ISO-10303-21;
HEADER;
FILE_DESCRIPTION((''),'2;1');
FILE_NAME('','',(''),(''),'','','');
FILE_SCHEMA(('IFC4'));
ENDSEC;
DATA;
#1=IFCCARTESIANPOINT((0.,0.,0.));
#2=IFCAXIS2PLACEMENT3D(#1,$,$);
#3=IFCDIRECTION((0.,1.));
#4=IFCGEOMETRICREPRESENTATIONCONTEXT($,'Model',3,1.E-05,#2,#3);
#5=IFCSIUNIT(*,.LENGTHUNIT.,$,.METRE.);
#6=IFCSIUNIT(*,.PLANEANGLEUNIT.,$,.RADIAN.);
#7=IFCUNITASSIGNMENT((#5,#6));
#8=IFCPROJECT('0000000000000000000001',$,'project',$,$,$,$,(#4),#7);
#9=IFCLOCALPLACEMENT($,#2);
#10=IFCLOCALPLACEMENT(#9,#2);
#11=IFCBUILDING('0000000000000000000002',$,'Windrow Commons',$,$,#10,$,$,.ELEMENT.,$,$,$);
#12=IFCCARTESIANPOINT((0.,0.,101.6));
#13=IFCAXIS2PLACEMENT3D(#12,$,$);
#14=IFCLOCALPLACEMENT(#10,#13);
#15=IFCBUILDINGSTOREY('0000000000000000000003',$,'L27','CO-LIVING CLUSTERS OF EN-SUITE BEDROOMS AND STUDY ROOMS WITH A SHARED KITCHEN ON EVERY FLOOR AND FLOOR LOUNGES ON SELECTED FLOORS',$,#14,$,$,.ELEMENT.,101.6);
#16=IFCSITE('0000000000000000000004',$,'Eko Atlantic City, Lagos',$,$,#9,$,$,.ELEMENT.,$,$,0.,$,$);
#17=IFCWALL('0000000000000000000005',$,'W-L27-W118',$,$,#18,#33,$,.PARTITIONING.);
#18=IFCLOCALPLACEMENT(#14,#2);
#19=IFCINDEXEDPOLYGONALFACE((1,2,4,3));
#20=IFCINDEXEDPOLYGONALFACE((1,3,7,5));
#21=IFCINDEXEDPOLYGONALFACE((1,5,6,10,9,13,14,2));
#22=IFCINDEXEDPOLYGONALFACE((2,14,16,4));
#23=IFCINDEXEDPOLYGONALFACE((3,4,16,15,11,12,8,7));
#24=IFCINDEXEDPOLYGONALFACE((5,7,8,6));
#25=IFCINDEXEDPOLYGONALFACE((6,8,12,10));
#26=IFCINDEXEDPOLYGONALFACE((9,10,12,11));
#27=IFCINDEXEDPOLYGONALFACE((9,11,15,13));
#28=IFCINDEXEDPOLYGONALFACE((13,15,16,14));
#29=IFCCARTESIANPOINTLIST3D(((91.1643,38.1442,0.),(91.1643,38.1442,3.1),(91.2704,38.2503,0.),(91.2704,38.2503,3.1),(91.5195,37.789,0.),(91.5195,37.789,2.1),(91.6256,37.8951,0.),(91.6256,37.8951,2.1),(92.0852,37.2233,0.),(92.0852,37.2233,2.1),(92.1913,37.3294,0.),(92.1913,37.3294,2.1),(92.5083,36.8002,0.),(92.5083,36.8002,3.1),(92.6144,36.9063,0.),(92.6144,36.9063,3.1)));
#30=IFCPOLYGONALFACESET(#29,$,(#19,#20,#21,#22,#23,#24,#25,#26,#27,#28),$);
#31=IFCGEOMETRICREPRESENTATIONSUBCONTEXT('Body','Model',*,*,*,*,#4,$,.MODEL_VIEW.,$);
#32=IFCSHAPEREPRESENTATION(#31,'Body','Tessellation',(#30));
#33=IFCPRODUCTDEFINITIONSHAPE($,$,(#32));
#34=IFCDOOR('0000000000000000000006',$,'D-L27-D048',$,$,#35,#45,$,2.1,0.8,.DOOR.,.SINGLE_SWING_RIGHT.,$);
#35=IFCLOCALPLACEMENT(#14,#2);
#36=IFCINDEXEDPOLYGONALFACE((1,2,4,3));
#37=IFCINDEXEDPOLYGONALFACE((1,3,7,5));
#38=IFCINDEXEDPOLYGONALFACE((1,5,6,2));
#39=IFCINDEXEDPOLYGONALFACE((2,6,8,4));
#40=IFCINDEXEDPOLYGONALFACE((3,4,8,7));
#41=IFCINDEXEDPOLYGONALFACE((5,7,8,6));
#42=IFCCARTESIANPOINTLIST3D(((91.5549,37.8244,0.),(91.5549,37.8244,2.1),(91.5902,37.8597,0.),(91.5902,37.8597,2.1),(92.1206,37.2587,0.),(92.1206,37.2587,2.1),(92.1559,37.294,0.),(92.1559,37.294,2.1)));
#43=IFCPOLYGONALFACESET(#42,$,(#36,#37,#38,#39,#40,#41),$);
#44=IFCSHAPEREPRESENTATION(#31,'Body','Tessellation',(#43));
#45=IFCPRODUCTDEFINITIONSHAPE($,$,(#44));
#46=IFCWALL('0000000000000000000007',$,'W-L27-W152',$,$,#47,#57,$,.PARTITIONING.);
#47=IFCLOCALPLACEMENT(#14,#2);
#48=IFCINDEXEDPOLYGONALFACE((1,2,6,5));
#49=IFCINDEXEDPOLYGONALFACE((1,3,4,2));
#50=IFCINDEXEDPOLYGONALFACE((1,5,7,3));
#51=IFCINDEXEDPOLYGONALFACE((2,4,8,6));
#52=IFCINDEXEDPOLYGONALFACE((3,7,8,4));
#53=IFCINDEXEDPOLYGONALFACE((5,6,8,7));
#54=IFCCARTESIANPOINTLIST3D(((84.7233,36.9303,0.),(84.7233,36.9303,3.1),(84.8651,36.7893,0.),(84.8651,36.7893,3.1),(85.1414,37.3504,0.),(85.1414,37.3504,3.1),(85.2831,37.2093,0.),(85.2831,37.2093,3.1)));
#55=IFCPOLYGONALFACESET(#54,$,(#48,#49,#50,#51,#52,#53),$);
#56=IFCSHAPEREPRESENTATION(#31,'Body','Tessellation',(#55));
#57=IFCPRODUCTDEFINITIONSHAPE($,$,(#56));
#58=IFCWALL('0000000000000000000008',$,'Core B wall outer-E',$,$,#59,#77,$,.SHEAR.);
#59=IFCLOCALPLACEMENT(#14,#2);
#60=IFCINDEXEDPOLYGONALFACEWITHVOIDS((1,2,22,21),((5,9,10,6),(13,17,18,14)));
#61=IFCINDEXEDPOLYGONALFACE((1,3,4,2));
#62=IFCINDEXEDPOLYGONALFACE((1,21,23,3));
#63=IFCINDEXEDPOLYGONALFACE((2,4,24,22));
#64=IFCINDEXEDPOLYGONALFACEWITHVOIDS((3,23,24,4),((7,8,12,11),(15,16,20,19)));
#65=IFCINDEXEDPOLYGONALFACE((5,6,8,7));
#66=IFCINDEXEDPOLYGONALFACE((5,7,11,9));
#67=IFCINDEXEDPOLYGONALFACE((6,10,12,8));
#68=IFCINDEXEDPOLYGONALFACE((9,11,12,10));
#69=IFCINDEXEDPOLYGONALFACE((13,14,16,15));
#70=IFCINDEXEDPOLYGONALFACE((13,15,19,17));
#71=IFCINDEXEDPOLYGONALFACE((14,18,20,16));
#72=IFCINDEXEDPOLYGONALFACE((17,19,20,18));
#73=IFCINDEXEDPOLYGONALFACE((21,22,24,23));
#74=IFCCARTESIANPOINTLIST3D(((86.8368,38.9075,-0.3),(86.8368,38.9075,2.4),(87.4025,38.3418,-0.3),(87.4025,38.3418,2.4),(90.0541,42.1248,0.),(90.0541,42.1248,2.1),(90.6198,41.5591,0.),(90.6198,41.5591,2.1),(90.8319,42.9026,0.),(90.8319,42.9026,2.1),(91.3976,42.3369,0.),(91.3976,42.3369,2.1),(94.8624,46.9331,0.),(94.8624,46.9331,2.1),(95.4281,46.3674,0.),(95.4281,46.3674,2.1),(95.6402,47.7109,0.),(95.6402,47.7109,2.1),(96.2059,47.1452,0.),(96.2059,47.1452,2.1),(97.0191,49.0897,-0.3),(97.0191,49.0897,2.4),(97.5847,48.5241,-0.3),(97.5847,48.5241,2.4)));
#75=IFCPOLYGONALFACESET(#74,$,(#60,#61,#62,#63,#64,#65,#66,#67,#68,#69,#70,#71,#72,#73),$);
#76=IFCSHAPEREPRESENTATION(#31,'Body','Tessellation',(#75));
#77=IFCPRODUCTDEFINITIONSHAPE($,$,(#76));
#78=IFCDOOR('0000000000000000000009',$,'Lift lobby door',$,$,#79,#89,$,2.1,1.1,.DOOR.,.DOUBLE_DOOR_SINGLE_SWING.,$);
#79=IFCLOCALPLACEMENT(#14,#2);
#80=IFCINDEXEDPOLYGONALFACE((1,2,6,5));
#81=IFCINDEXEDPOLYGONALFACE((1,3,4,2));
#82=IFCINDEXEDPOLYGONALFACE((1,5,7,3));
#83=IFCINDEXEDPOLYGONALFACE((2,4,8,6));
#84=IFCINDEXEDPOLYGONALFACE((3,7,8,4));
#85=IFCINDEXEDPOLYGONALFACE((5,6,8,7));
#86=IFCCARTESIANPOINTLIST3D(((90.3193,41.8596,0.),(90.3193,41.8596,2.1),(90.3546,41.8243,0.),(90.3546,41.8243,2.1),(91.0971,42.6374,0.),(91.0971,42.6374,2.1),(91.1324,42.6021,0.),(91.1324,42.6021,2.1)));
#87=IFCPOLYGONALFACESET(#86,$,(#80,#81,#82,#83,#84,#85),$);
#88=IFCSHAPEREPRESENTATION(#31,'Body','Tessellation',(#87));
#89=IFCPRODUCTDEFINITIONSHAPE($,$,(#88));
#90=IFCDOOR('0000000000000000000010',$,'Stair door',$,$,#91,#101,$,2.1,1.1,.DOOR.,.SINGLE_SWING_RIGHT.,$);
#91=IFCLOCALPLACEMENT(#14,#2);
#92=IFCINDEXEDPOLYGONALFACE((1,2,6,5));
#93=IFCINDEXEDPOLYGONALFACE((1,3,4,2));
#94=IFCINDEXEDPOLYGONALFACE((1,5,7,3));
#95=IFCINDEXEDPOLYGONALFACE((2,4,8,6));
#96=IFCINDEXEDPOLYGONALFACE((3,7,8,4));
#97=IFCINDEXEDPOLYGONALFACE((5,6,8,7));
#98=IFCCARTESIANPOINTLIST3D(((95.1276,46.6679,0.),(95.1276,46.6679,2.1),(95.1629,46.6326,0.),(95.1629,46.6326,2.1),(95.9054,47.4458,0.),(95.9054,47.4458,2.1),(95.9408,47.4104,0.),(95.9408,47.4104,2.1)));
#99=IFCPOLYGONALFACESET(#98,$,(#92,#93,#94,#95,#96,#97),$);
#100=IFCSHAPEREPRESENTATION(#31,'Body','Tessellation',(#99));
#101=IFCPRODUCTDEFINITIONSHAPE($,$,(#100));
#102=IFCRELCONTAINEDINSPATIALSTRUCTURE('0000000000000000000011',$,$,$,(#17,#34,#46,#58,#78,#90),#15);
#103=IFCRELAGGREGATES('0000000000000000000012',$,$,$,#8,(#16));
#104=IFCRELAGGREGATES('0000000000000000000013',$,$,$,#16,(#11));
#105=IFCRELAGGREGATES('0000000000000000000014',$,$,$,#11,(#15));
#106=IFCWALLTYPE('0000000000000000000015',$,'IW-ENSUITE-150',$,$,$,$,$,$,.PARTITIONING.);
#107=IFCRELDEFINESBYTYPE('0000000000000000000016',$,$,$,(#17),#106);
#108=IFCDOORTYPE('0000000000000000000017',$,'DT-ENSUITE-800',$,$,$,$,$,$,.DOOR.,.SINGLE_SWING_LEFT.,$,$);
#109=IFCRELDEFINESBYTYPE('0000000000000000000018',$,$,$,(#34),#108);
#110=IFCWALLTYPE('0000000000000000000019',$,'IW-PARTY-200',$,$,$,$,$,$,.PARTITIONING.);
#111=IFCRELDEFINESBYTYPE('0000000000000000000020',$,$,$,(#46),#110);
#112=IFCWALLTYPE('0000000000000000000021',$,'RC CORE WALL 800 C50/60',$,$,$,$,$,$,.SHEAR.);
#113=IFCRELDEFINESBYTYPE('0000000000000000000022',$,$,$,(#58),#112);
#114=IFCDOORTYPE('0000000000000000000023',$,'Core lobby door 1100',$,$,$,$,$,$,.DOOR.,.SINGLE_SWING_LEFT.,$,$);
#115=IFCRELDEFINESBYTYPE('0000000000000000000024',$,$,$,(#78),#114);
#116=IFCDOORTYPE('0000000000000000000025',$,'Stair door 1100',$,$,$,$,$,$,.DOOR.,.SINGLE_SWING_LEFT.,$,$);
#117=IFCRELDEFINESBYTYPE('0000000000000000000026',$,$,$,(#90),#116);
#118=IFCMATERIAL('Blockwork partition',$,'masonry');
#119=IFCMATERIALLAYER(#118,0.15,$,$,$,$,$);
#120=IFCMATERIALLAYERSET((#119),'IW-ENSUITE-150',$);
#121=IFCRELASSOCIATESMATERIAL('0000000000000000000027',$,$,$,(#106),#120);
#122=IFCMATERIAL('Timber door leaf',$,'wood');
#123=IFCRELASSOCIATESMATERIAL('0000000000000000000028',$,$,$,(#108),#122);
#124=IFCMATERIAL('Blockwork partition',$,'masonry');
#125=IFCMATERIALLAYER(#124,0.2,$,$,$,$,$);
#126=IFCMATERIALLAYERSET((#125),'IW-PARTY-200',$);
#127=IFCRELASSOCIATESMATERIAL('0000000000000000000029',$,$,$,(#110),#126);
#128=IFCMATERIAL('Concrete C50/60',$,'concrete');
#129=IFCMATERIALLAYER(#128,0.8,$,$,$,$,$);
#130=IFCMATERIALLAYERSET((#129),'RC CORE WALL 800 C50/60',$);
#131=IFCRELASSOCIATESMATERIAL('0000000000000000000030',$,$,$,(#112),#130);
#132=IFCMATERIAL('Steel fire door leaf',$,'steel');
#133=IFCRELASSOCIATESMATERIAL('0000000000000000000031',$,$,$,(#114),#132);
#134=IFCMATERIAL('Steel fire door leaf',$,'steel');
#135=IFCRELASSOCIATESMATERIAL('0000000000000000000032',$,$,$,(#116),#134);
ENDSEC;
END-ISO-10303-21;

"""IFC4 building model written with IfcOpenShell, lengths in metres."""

from ifc_helpers import new_model, si_unit, direction, frame, frame_2d, origin, place, context, subcontext, project, spatial, rectangle, extrude, material, layer, layer_set, type_object, element, fill, save


model = new_model("IFC4")

# Units and contexts
model_context = context("Model", 3, precision=1e-05, world=origin(), true_north=direction((0.0, 1.0)))
body_context = subcontext(model_context, "Body", "Model", "MODEL_VIEW")
ifc_project = project(units=[si_unit("LENGTHUNIT", "METRE"), si_unit("PLANEANGLEUNIT", "RADIAN")], contexts=[model_context])

# Site, building, storey
site_placement = place(None, origin())
site = spatial("IfcSite", under=ifc_project, at=site_placement, Name="Eko Atlantic City, Lagos", CompositionType="ELEMENT", RefElevation=0.0)
building_placement = place(site_placement, origin())
building = spatial("IfcBuilding", under=site, at=building_placement, Name="Windrow Commons", CompositionType="ELEMENT")
storey_placement = place(building_placement, frame((0.0, 0.0, 101.6)))
storey = spatial("IfcBuildingStorey", under=building, at=storey_placement, Name="L27", Description="CO-LIVING CLUSTERS OF EN-SUITE BEDROOMS AND STUDY ROOMS WITH A SHARED KITCHEN ON EVERY FLOOR AND FLOOR LOUNGES ON SELECTED FLOORS", CompositionType="ELEMENT", Elevation=101.6)

# Shared definitions
ifc_material_1 = material(Name="Blockwork partition", Category="masonry")
ifc_layer_1 = layer(ifc_material_1, 0.15)
ifc_layer_set_1 = layer_set([ifc_layer_1], Name="IW-ENSUITE-150")
wall_type_1 = type_object("IfcWallType", Name="IW-ENSUITE-150", PredefinedType="PARTITIONING", material=ifc_layer_set_1)

# Wall, opening, door
wall_1_placement = place(storey_placement, frame((91.2173, 38.1973, 0.0), z_axis=(0.0, 0.0, 1.0), x_axis=(0.707107, -0.707107, 0.0)))
wall_1 = element("IfcWall", 1, at=wall_1_placement, inside=storey, type_object=wall_type_1, Name="W-L27-W118", PredefinedType="PARTITIONING", context=body_context, shape_type="SweptSolid", body=[
    extrude(rectangle(XDim=1.9007, YDim=0.15, at=frame_2d((0.9504, 0.0))), origin(), (0.0, 0.0, 1.0), 3.1),
])
opening_1_placement = place(wall_1_placement, frame((0.5024, 0.0, 0.0)))
opening_1 = element("IfcOpeningElement", 2, at=opening_1_placement, cuts=wall_1, PredefinedType="OPENING", context=body_context, shape_type="SweptSolid", body=[
    extrude(rectangle(XDim=0.8, YDim=2.1, at=frame_2d((0.4, 1.05))), frame((0.0, 0.085, 0.0), z_axis=(0.0, -1.0, 0.0), x_axis=(1.0, 0.0, 0.0)), (0.0, 0.0, 1.0), 0.17),
])
ifc_material_2 = material(Name="Timber door leaf", Category="wood")
door_type_1 = type_object("IfcDoorType", Name="DT-ENSUITE-800", OperationType="SINGLE_SWING_LEFT", PredefinedType="DOOR", material=ifc_material_2)
door_1_placement = place(opening_1_placement, origin())
door_1 = element("IfcDoor", 3, at=door_1_placement, inside=storey, type_object=door_type_1, Name="D-L27-D048", OperationType="SINGLE_SWING_RIGHT", OverallHeight=2.1, OverallWidth=0.8, PredefinedType="DOOR", context=body_context, shape_type="SweptSolid", body=[
    extrude(rectangle(XDim=0.8, YDim=2.1, at=frame_2d((0.4, 1.05))), frame((0.0, 0.025, 0.0), z_axis=(0.0, -1.0, 0.0), x_axis=(1.0, 0.0, 0.0)), (0.0, 0.0, 1.0), 0.05),
])
fill(opening_1, door_1)

# Wall
ifc_material_3 = material(Name="Blockwork partition", Category="masonry")
ifc_layer_2 = layer(ifc_material_3, 0.2)
ifc_layer_set_2 = layer_set([ifc_layer_2], Name="IW-PARTY-200")
wall_type_2 = type_object("IfcWallType", Name="IW-PARTY-200", PredefinedType="PARTITIONING", material=ifc_layer_set_2)
wall_2_placement = place(storey_placement, frame((84.7942, 36.8598, 0.0), z_axis=(0.0, 0.0, 1.0), x_axis=(0.705417, 0.708792, 0.0)))
element("IfcWall", 4, at=wall_2_placement, inside=storey, type_object=wall_type_2, Name="W-L27-W152", PredefinedType="PARTITIONING", context=body_context, shape_type="SweptSolid", body=[
    extrude(rectangle(XDim=0.5926, YDim=0.2, at=frame_2d((0.2963, 0.0))), origin(), (0.0, 0.0, 1.0), 3.1),
])

# Wall, openings, doors
ifc_material_4 = material(Name="Concrete C50/60", Category="concrete")
ifc_layer_3 = layer(ifc_material_4, 0.8)
ifc_layer_set_3 = layer_set([ifc_layer_3], Name="RC CORE WALL 800 C50/60")
wall_type_3 = type_object("IfcWallType", Name="RC CORE WALL 800 C50/60", PredefinedType="SHEAR", material=ifc_layer_set_3)
wall_3_placement = place(storey_placement, frame((87.1196, 38.6246, -0.3), z_axis=(0.0, 0.0, 1.0), x_axis=(0.707107, 0.707107, 0.0)))
wall_3 = element("IfcWall", 5, at=wall_3_placement, inside=storey, type_object=wall_type_3, Name="Core B wall outer-E", PredefinedType="SHEAR", context=body_context, shape_type="SweptSolid", body=[
    extrude(rectangle(XDim=14.3999, YDim=0.8, at=frame_2d((7.2, 0.0))), origin(), (0.0, 0.0, 1.0), 2.7),
])
opening_2_placement = place(wall_3_placement, frame((4.55, 0.0, 0.3)))
opening_2 = element("IfcOpeningElement", 6, at=opening_2_placement, cuts=wall_3, PredefinedType="OPENING", context=body_context, shape_type="SweptSolid", body=[
    extrude(rectangle(XDim=1.1, YDim=2.1, at=frame_2d((0.55, 1.05))), frame((0.0, 0.41, 0.0), z_axis=(0.0, -1.0, 0.0), x_axis=(1.0, 0.0, 0.0)), (0.0, 0.0, 1.0), 0.82),
])
opening_3_placement = place(wall_3_placement, frame((11.35, 0.0, 0.3)))
opening_3 = element("IfcOpeningElement", 7, at=opening_3_placement, cuts=wall_3, PredefinedType="OPENING", context=body_context, shape_type="SweptSolid", body=[
    extrude(rectangle(XDim=1.1, YDim=2.1, at=frame_2d((0.55, 1.05))), frame((0.0, 0.41, 0.0), z_axis=(0.0, -1.0, 0.0), x_axis=(1.0, 0.0, 0.0)), (0.0, 0.0, 1.0), 0.82),
])
ifc_material_5 = material(Name="Steel fire door leaf", Category="steel")
door_type_2 = type_object("IfcDoorType", Name="Core lobby door 1100", OperationType="SINGLE_SWING_LEFT", PredefinedType="DOOR", material=ifc_material_5)
door_2_placement = place(opening_2_placement, origin())
door_2 = element("IfcDoor", 8, at=door_2_placement, inside=storey, type_object=door_type_2, Name="Lift lobby door", OperationType="DOUBLE_DOOR_SINGLE_SWING", OverallHeight=2.1, OverallWidth=1.1, PredefinedType="DOOR", context=body_context, shape_type="SweptSolid", body=[
    extrude(rectangle(XDim=1.1, YDim=2.1, at=frame_2d((0.55, 1.05))), frame((0.0, 0.025, 0.0), z_axis=(0.0, -1.0, 0.0), x_axis=(1.0, 0.0, 0.0)), (0.0, 0.0, 1.0), 0.05),
])
fill(opening_2, door_2)
ifc_material_6 = material(Name="Steel fire door leaf", Category="steel")
door_type_3 = type_object("IfcDoorType", Name="Stair door 1100", OperationType="SINGLE_SWING_LEFT", PredefinedType="DOOR", material=ifc_material_6)
door_3_placement = place(opening_3_placement, origin())
door_3 = element("IfcDoor", 9, at=door_3_placement, inside=storey, type_object=door_type_3, Name="Stair door", OperationType="SINGLE_SWING_RIGHT", OverallHeight=2.1, OverallWidth=1.1, PredefinedType="DOOR", context=body_context, shape_type="SweptSolid", body=[
    extrude(rectangle(XDim=1.1, YDim=2.1, at=frame_2d((0.55, 1.05))), frame((0.0, 0.025, 0.0), z_axis=(0.0, -1.0, 0.0), x_axis=(1.0, 0.0, 0.0)), (0.0, 0.0, 1.0), 0.05),
])
fill(opening_3, door_3)

save(model, "model.ifc")
